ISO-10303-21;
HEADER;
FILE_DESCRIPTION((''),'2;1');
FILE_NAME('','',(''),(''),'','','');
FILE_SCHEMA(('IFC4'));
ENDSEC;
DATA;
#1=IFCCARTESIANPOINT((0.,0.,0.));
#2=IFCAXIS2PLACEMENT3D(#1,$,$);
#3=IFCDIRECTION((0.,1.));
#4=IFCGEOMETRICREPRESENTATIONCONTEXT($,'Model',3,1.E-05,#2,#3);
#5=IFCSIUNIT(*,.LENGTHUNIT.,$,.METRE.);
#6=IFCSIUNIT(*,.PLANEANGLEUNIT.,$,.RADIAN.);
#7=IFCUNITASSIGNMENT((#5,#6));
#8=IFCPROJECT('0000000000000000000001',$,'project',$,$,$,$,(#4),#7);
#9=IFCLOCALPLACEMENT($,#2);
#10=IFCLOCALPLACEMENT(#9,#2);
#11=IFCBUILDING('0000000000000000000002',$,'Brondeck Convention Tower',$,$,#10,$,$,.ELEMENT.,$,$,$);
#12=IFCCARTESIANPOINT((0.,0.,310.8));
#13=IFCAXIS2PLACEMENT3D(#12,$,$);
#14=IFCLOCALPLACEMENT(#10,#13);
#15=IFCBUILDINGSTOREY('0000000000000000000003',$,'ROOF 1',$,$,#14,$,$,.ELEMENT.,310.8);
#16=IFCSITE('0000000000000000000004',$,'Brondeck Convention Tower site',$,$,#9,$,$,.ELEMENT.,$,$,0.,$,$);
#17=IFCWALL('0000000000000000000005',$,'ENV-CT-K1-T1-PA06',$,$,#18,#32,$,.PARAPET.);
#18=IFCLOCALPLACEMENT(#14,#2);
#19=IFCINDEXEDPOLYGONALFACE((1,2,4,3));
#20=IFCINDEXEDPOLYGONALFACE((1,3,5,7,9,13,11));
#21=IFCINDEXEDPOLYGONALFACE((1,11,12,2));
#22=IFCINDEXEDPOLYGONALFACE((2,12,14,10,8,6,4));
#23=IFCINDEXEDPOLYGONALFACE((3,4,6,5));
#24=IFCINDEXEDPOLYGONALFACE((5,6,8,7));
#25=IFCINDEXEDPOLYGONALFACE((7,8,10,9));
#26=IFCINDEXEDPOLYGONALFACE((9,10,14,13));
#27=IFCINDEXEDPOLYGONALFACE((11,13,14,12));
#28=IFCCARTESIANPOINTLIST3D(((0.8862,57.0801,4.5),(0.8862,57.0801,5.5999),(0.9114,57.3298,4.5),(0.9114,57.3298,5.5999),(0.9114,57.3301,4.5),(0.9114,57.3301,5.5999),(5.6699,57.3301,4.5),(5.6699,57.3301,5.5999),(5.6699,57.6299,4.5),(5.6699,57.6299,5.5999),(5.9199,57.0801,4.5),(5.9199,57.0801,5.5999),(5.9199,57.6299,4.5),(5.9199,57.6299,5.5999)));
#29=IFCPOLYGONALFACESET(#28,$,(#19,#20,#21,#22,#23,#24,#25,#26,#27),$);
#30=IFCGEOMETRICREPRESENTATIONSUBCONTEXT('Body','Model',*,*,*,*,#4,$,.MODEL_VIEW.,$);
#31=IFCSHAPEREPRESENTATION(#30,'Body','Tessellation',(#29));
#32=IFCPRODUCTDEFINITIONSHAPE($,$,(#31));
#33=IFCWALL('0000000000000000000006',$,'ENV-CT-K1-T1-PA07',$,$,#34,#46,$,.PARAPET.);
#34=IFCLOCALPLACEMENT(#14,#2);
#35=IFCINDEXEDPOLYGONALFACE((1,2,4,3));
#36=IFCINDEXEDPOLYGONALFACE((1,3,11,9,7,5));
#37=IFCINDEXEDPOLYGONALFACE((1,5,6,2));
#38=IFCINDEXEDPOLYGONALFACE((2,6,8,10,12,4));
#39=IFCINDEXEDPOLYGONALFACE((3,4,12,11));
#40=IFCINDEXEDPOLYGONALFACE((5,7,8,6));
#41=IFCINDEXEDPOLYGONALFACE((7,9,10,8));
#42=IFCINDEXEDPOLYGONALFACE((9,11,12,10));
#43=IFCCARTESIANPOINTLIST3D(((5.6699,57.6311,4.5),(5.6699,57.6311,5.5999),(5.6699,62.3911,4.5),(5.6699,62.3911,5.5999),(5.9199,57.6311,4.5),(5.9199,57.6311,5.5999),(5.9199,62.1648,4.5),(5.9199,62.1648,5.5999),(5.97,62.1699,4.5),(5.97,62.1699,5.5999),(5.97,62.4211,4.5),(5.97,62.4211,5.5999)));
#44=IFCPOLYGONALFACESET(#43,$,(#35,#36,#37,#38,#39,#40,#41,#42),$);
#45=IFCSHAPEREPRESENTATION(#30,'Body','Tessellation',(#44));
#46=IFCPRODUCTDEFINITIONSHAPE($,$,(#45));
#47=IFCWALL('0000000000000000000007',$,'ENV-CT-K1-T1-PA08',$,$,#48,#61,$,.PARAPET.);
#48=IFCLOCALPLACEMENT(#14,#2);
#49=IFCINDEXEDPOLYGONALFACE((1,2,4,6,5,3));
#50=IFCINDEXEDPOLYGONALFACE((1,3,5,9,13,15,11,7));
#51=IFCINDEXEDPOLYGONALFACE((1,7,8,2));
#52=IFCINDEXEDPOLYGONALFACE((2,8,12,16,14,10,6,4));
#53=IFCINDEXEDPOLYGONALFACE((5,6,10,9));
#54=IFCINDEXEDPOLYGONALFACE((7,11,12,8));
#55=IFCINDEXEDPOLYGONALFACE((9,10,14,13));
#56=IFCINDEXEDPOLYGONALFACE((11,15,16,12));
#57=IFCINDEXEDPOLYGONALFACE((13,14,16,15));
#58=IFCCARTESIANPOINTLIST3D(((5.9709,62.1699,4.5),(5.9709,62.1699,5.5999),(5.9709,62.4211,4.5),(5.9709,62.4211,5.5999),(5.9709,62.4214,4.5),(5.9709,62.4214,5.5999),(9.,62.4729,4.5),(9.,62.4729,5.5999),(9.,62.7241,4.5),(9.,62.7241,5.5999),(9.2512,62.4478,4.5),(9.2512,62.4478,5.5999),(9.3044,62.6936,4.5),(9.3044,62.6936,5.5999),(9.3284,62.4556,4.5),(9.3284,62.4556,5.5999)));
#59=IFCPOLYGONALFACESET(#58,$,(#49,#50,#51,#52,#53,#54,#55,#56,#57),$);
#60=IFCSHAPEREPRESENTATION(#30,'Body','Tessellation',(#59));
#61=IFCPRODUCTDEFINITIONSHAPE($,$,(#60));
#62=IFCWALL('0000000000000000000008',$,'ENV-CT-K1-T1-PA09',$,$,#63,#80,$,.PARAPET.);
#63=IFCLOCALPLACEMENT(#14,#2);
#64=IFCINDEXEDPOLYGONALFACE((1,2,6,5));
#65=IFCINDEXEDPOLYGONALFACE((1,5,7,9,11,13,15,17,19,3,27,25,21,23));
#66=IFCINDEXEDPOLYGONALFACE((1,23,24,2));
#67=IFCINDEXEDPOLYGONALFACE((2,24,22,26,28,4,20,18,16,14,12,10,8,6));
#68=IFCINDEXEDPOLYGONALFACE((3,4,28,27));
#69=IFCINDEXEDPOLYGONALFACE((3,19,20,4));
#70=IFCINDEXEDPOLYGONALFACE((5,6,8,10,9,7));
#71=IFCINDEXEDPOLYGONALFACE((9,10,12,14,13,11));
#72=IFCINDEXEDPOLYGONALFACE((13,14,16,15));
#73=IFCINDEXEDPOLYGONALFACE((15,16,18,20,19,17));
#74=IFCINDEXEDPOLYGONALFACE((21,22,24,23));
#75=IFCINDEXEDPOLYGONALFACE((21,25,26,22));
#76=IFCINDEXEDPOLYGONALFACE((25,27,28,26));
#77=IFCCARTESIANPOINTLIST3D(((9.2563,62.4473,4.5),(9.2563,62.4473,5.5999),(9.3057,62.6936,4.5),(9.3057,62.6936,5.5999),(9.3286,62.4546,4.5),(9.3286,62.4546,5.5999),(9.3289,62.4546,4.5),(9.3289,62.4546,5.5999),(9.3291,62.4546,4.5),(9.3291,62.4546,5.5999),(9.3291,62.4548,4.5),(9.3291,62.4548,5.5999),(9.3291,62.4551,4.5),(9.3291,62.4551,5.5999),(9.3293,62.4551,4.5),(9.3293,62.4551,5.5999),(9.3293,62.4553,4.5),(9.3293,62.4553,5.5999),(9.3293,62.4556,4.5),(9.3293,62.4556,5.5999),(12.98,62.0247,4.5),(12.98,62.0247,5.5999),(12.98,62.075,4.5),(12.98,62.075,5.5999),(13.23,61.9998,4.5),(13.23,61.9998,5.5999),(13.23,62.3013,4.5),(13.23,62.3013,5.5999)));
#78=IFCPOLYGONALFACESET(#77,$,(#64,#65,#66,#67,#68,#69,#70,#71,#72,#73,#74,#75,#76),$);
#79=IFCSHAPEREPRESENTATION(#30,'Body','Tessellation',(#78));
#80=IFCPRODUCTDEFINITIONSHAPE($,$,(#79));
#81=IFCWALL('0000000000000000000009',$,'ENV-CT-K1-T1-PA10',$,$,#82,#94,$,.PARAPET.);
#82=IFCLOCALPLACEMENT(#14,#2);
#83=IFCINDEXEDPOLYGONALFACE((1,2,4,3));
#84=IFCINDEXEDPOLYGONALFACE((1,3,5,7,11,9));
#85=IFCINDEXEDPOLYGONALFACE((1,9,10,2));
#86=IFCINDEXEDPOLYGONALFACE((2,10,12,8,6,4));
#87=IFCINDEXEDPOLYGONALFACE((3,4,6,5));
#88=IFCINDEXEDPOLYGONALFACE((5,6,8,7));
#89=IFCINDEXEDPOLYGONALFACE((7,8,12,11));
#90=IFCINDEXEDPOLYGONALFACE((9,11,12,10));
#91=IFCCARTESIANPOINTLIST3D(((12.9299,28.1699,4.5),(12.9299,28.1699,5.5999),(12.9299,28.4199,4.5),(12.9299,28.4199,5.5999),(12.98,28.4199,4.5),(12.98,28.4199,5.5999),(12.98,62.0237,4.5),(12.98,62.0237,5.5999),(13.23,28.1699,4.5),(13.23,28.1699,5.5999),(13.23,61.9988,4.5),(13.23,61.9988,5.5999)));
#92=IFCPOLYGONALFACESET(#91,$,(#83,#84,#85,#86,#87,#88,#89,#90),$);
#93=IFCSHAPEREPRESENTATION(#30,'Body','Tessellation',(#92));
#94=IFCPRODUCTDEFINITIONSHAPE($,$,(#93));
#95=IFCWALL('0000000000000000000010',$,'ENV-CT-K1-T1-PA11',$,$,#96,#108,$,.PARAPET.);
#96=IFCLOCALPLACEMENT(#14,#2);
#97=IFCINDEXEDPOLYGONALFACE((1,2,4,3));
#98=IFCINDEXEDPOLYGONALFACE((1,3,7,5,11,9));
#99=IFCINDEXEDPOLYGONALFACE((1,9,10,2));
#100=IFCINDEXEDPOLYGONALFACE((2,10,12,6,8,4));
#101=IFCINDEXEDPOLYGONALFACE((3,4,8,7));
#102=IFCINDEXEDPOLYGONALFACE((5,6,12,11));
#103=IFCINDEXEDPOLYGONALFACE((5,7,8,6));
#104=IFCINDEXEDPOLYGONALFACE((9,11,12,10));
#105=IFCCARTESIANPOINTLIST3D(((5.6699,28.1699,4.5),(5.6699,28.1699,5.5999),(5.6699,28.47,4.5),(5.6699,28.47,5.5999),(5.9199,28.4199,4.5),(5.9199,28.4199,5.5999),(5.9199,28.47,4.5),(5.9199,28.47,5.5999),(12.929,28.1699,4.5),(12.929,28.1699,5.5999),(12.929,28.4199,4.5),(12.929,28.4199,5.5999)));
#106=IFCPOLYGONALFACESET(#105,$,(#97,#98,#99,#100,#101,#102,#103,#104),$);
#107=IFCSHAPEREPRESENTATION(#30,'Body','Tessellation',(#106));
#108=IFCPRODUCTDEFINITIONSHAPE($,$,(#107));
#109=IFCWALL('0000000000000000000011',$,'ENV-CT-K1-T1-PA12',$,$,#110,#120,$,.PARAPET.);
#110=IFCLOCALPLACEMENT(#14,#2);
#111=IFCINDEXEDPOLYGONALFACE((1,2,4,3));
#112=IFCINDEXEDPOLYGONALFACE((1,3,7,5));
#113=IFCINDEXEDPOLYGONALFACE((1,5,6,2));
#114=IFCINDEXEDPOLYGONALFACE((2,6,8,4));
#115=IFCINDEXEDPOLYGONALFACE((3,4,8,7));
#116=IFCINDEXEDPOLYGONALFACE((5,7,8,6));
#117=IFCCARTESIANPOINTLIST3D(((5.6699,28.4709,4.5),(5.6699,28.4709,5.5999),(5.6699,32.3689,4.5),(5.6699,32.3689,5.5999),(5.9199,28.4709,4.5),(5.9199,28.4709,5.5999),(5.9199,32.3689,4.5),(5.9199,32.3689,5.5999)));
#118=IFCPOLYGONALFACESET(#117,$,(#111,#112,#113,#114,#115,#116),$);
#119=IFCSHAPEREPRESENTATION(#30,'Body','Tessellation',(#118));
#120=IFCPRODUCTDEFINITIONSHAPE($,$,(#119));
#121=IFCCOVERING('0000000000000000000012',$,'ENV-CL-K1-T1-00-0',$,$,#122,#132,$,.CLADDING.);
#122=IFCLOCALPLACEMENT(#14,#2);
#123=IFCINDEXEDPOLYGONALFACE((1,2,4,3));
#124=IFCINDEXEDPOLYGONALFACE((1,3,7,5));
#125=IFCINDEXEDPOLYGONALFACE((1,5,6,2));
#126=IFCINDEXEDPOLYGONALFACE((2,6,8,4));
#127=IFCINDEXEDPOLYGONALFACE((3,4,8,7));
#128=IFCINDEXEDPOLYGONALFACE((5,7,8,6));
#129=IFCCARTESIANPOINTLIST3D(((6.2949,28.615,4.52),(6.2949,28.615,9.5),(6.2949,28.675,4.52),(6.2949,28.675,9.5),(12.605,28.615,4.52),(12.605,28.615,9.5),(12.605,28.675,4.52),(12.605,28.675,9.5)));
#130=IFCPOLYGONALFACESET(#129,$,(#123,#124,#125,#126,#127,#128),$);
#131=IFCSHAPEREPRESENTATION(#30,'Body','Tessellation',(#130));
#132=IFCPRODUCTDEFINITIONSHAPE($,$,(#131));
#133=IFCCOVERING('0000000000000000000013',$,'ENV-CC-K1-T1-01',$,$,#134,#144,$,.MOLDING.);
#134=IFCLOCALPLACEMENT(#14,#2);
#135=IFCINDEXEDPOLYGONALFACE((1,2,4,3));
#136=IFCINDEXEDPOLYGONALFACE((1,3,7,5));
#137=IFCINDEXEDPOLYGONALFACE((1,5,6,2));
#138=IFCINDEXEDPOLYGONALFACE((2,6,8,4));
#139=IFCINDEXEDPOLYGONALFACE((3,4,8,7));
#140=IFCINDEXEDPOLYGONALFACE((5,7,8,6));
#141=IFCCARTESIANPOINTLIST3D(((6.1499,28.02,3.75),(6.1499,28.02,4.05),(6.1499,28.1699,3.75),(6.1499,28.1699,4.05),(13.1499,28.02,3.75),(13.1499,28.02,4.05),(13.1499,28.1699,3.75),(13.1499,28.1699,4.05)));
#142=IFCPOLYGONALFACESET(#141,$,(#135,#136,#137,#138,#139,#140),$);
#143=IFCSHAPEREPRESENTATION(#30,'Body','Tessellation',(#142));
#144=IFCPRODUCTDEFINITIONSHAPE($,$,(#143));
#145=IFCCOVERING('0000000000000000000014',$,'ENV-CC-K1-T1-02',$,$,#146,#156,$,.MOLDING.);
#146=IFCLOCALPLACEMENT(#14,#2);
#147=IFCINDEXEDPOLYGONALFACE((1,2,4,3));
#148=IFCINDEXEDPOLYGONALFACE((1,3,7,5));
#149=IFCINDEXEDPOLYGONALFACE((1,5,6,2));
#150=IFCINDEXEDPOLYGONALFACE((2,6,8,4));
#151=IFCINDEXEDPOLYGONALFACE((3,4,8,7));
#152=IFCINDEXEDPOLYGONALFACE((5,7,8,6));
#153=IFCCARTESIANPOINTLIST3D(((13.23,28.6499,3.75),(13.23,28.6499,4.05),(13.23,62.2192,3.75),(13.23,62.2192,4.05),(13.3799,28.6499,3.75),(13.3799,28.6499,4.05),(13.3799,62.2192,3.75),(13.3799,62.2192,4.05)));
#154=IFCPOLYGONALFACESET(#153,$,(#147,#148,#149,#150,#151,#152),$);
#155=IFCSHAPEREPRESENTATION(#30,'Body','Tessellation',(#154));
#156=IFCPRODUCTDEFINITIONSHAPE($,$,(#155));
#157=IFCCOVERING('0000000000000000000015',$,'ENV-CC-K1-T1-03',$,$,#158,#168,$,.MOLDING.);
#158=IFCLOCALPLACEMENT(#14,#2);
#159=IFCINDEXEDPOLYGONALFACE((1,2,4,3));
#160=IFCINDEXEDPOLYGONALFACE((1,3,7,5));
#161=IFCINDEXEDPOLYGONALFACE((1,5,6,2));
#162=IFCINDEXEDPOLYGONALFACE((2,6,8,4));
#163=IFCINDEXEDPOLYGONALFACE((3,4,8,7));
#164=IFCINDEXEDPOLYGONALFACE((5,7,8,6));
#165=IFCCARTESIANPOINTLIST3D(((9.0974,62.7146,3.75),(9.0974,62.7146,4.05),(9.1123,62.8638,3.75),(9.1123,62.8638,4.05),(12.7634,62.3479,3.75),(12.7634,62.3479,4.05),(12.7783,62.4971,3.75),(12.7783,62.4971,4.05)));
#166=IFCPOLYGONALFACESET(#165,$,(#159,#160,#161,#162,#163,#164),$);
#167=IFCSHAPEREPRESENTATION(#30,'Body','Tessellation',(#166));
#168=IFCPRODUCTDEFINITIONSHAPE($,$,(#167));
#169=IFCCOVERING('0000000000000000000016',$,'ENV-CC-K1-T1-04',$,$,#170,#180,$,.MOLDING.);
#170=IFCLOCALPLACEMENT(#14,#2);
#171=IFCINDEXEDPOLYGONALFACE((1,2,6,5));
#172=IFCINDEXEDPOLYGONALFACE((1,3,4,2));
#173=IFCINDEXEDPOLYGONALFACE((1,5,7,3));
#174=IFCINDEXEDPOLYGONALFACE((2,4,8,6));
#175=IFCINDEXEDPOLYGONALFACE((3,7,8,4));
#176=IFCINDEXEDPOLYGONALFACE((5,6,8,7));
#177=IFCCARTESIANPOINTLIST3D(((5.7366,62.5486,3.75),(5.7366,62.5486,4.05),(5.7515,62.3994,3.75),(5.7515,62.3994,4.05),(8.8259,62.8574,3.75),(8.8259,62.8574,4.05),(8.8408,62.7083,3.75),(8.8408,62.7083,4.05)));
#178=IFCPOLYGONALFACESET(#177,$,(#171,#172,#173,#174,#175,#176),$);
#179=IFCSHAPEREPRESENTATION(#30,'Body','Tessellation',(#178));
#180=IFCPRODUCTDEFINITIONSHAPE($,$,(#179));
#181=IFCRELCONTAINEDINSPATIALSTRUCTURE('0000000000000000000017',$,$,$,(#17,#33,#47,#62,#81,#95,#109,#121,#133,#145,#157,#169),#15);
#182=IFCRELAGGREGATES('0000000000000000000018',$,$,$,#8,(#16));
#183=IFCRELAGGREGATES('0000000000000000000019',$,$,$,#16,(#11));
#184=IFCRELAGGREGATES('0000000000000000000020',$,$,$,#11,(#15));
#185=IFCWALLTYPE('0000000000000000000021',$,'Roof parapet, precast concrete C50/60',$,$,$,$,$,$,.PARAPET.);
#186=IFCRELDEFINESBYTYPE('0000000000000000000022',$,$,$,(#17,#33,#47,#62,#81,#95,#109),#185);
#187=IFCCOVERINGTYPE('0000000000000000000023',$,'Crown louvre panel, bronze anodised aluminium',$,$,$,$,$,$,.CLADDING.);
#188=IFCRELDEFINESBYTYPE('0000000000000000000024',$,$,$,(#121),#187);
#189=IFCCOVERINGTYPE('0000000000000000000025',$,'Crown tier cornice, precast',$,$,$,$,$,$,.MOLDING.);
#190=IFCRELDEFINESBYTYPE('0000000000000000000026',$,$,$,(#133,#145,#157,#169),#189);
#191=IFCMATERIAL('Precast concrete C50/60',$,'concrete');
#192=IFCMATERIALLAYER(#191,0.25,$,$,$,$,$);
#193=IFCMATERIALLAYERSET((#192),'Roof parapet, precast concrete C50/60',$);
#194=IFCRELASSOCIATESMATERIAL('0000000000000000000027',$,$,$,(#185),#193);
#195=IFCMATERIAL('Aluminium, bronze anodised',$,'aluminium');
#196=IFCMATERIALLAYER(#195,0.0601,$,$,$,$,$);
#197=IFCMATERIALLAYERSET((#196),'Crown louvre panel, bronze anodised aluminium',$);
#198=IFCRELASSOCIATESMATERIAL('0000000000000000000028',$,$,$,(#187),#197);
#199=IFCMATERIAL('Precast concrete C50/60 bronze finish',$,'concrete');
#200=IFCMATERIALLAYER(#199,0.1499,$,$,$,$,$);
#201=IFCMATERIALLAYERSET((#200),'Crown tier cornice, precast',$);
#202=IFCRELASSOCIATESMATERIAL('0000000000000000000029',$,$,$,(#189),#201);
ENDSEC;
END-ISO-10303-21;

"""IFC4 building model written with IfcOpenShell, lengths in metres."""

from ifc_helpers import new_model, si_unit, direction, frame, origin, place, context, subcontext, project, spatial, polyline, outline, extrude, material, layer, layer_set, type_object, element, save


model = new_model("IFC4")

# Units and contexts
model_context = context("Model", 3, precision=1e-05, world=origin(), true_north=direction((0.0, 1.0)))
body_context = subcontext(model_context, "Body", "Model", "MODEL_VIEW")
ifc_project = project(units=[si_unit("LENGTHUNIT", "METRE"), si_unit("PLANEANGLEUNIT", "RADIAN")], contexts=[model_context])

# Site, building, storey
site_placement = place(None, origin())
site = spatial("IfcSite", under=ifc_project, at=site_placement, Name="Brondeck Convention Tower site", CompositionType="ELEMENT", RefElevation=0.0)
building_placement = place(site_placement, origin())
building = spatial("IfcBuilding", under=site, at=building_placement, Name="Brondeck Convention Tower", CompositionType="ELEMENT")
storey_placement = place(building_placement, frame((0.0, 0.0, 310.8)))
storey = spatial("IfcBuildingStorey", under=building, at=storey_placement, Name="ROOF 1", CompositionType="ELEMENT", Elevation=310.8)

# Shared definitions
ifc_material_1 = material(Name="Precast concrete C50/60", Category="concrete")

# Walls
ifc_layer_1 = layer(ifc_material_1, 0.25)
ifc_layer_set_1 = layer_set([ifc_layer_1], Name="Roof parapet, precast concrete C50/60")
wall_type = type_object("IfcWallType", Name="Roof parapet, precast concrete C50/60", PredefinedType="PARAPET", material=ifc_layer_set_1)
wall_1_placement = place(storey_placement, frame((0.0, 0.0, 4.5)))
element("IfcWall", 1, at=wall_1_placement, inside=storey, type_object=wall_type, Name="ENV-CT-K1-T1-PA06", PredefinedType="PARAPET", context=body_context, shape_type="SweptSolid", body=[
    extrude(outline(polyline([(5.9199, 57.0801), (5.9199, 57.6299), (5.6699, 57.6299), (5.6699, 57.3301), (0.9114, 57.3301), (0.9114, 57.3301), (0.9114, 57.3298), (0.8862, 57.0801), (5.9199, 57.0801)])), origin(), (0.0, 0.0, 1.0), 1.0999),
])
wall_2_placement = place(storey_placement, frame((0.0, 0.0, 4.5)))
element("IfcWall", 2, at=wall_2_placement, inside=storey, type_object=wall_type, Name="ENV-CT-K1-T1-PA07", PredefinedType="PARAPET", context=body_context, shape_type="SweptSolid", body=[
    extrude(outline(polyline([(5.9199, 62.1648), (5.97, 62.1699), (5.97, 62.4211), (5.6699, 62.3911), (5.6699, 57.6311), (5.9199, 57.6311), (5.9199, 62.1648)])), origin(), (0.0, 0.0, 1.0), 1.0999),
])
wall_3_placement = place(storey_placement, frame((0.0, 0.0, 4.5)))
element("IfcWall", 3, at=wall_3_placement, inside=storey, type_object=wall_type, Name="ENV-CT-K1-T1-PA08", PredefinedType="PARAPET", context=body_context, shape_type="SweptSolid", body=[
    extrude(outline(polyline([(9.2512, 62.4478), (9.3284, 62.4556), (9.3044, 62.6936), (9.0, 62.7241), (5.9709, 62.4214), (5.9709, 62.4214), (5.9709, 62.4211), (5.9709, 62.1699), (9.0, 62.4729), (9.2512, 62.4478)])), origin(), (0.0, 0.0, 1.0), 1.0999),
])
wall_4_placement = place(storey_placement, frame((0.0, 0.0, 4.5)))
element("IfcWall", 4, at=wall_4_placement, inside=storey, type_object=wall_type, Name="ENV-CT-K1-T1-PA09", PredefinedType="PARAPET", context=body_context, shape_type="SweptSolid", body=[
    extrude(outline(polyline([(12.98, 62.075), (12.98, 62.0247), (13.23, 61.9998), (13.23, 62.3013), (9.3057, 62.6936), (9.3293, 62.4556), (9.3293, 62.4556), (9.3293, 62.4553), (9.3293, 62.4553), (9.3293, 62.4551), (9.3293, 62.4551), (9.3291, 62.4551), (9.3291, 62.4551), (9.3291, 62.4548), (9.3291, 62.4548), (9.3291, 62.4546), (9.3289, 62.4546), (9.3289, 62.4546), (9.3286, 62.4546), (9.3286, 62.4546), (9.3286, 62.4546), (9.3286, 62.4546), (9.2563, 62.4473), (12.98, 62.075)])), origin(), (0.0, 0.0, 1.0), 1.0999),
])
wall_5_placement = place(storey_placement, frame((0.0, 0.0, 4.5)))
element("IfcWall", 5, at=wall_5_placement, inside=storey, type_object=wall_type, Name="ENV-CT-K1-T1-PA10", PredefinedType="PARAPET", context=body_context, shape_type="SweptSolid", body=[
    extrude(outline(polyline([(12.98, 28.4199), (12.9299, 28.4199), (12.9299, 28.1699), (13.23, 28.1699), (13.23, 61.9988), (13.23, 61.9988), (13.23, 61.9988), (12.98, 62.0237), (12.98, 28.4199)])), origin(), (0.0, 0.0, 1.0), 1.0999),
])
wall_6_placement = place(storey_placement, frame((0.0, 0.0, 4.5)))
element("IfcWall", 6, at=wall_6_placement, inside=storey, type_object=wall_type, Name="ENV-CT-K1-T1-PA11", PredefinedType="PARAPET", context=body_context, shape_type="SweptSolid", body=[
    extrude(outline(polyline([(5.9199, 28.4199), (5.9199, 28.47), (5.6699, 28.47), (5.6699, 28.1699), (12.929, 28.1699), (12.929, 28.1699), (12.929, 28.4199), (5.9199, 28.4199)])), origin(), (0.0, 0.0, 1.0), 1.0999),
])
wall_7_placement = place(storey_placement, frame((0.0, 0.0, 4.5)))
element("IfcWall", 7, at=wall_7_placement, inside=storey, type_object=wall_type, Name="ENV-CT-K1-T1-PA12", PredefinedType="PARAPET", context=body_context, shape_type="SweptSolid", body=[
    extrude(outline(polyline([(5.9199, 28.4709), (5.9199, 32.3689), (5.6699, 32.3689), (5.6699, 28.4709), (5.9199, 28.4709)])), origin(), (0.0, 0.0, 1.0), 1.0999),
])

# Coverings
ifc_material_2 = material(Name="Aluminium, bronze anodised", Category="aluminium")
ifc_layer_2 = layer(ifc_material_2, 0.0601)
ifc_layer_set_2 = layer_set([ifc_layer_2], Name="Crown louvre panel, bronze anodised aluminium")
covering_type_1 = type_object("IfcCoveringType", Name="Crown louvre panel, bronze anodised aluminium", PredefinedType="CLADDING", material=ifc_layer_set_2)
covering_1_placement = place(storey_placement, frame((0.0, 0.0, 4.52)))
element("IfcCovering", 8, at=covering_1_placement, inside=storey, type_object=covering_type_1, Name="ENV-CL-K1-T1-00-0", PredefinedType="CLADDING", context=body_context, shape_type="SweptSolid", body=[
    extrude(outline(polyline([(12.605, 28.675), (6.2949, 28.675), (6.2949, 28.615), (12.605, 28.615), (12.605, 28.675)])), origin(), (0.0, 0.0, 1.0), 4.98),
])
ifc_material_3 = material(Name="Precast concrete C50/60 bronze finish", Category="concrete")
ifc_layer_3 = layer(ifc_material_3, 0.1499)
ifc_layer_set_3 = layer_set([ifc_layer_3], Name="Crown tier cornice, precast")
covering_type_2 = type_object("IfcCoveringType", Name="Crown tier cornice, precast", PredefinedType="MOLDING", material=ifc_layer_set_3)
covering_2_placement = place(storey_placement, frame((0.0, 0.0, 3.75)))
element("IfcCovering", 9, at=covering_2_placement, inside=storey, type_object=covering_type_2, Name="ENV-CC-K1-T1-01", PredefinedType="MOLDING", context=body_context, shape_type="SweptSolid", body=[
    extrude(outline(polyline([(6.1499, 28.02), (13.1499, 28.02), (13.1499, 28.1699), (6.1499, 28.1699), (6.1499, 28.02)])), origin(), (0.0, 0.0, 1.0), 0.3),
])
covering_3_placement = place(storey_placement, frame((0.0, 0.0, 3.75)))
element("IfcCovering", 10, at=covering_3_placement, inside=storey, type_object=covering_type_2, Name="ENV-CC-K1-T1-02", PredefinedType="MOLDING", context=body_context, shape_type="SweptSolid", body=[
    extrude(outline(polyline([(13.3799, 28.6499), (13.3799, 62.2192), (13.23, 62.2192), (13.23, 28.6499), (13.3799, 28.6499)])), origin(), (0.0, 0.0, 1.0), 0.3),
])
covering_4_placement = place(storey_placement, frame((0.0, 0.0, 3.75)))
element("IfcCovering", 11, at=covering_4_placement, inside=storey, type_object=covering_type_2, Name="ENV-CC-K1-T1-03", PredefinedType="MOLDING", context=body_context, shape_type="SweptSolid", body=[
    extrude(outline(polyline([(12.7783, 62.4971), (9.1123, 62.8638), (9.0974, 62.7146), (12.7634, 62.3479), (12.7783, 62.4971)])), origin(), (0.0, 0.0, 1.0), 0.3),
])
covering_5_placement = place(storey_placement, frame((0.0, 0.0, 3.75)))
element("IfcCovering", 12, at=covering_5_placement, inside=storey, type_object=covering_type_2, Name="ENV-CC-K1-T1-04", PredefinedType="MOLDING", context=body_context, shape_type="SweptSolid", body=[
    extrude(outline(polyline([(8.8259, 62.8574), (5.7366, 62.5486), (5.7515, 62.3994), (8.8408, 62.7083), (8.8259, 62.8574)])), origin(), (0.0, 0.0, 1.0), 0.3),
])

save(model, "model.ifc")
